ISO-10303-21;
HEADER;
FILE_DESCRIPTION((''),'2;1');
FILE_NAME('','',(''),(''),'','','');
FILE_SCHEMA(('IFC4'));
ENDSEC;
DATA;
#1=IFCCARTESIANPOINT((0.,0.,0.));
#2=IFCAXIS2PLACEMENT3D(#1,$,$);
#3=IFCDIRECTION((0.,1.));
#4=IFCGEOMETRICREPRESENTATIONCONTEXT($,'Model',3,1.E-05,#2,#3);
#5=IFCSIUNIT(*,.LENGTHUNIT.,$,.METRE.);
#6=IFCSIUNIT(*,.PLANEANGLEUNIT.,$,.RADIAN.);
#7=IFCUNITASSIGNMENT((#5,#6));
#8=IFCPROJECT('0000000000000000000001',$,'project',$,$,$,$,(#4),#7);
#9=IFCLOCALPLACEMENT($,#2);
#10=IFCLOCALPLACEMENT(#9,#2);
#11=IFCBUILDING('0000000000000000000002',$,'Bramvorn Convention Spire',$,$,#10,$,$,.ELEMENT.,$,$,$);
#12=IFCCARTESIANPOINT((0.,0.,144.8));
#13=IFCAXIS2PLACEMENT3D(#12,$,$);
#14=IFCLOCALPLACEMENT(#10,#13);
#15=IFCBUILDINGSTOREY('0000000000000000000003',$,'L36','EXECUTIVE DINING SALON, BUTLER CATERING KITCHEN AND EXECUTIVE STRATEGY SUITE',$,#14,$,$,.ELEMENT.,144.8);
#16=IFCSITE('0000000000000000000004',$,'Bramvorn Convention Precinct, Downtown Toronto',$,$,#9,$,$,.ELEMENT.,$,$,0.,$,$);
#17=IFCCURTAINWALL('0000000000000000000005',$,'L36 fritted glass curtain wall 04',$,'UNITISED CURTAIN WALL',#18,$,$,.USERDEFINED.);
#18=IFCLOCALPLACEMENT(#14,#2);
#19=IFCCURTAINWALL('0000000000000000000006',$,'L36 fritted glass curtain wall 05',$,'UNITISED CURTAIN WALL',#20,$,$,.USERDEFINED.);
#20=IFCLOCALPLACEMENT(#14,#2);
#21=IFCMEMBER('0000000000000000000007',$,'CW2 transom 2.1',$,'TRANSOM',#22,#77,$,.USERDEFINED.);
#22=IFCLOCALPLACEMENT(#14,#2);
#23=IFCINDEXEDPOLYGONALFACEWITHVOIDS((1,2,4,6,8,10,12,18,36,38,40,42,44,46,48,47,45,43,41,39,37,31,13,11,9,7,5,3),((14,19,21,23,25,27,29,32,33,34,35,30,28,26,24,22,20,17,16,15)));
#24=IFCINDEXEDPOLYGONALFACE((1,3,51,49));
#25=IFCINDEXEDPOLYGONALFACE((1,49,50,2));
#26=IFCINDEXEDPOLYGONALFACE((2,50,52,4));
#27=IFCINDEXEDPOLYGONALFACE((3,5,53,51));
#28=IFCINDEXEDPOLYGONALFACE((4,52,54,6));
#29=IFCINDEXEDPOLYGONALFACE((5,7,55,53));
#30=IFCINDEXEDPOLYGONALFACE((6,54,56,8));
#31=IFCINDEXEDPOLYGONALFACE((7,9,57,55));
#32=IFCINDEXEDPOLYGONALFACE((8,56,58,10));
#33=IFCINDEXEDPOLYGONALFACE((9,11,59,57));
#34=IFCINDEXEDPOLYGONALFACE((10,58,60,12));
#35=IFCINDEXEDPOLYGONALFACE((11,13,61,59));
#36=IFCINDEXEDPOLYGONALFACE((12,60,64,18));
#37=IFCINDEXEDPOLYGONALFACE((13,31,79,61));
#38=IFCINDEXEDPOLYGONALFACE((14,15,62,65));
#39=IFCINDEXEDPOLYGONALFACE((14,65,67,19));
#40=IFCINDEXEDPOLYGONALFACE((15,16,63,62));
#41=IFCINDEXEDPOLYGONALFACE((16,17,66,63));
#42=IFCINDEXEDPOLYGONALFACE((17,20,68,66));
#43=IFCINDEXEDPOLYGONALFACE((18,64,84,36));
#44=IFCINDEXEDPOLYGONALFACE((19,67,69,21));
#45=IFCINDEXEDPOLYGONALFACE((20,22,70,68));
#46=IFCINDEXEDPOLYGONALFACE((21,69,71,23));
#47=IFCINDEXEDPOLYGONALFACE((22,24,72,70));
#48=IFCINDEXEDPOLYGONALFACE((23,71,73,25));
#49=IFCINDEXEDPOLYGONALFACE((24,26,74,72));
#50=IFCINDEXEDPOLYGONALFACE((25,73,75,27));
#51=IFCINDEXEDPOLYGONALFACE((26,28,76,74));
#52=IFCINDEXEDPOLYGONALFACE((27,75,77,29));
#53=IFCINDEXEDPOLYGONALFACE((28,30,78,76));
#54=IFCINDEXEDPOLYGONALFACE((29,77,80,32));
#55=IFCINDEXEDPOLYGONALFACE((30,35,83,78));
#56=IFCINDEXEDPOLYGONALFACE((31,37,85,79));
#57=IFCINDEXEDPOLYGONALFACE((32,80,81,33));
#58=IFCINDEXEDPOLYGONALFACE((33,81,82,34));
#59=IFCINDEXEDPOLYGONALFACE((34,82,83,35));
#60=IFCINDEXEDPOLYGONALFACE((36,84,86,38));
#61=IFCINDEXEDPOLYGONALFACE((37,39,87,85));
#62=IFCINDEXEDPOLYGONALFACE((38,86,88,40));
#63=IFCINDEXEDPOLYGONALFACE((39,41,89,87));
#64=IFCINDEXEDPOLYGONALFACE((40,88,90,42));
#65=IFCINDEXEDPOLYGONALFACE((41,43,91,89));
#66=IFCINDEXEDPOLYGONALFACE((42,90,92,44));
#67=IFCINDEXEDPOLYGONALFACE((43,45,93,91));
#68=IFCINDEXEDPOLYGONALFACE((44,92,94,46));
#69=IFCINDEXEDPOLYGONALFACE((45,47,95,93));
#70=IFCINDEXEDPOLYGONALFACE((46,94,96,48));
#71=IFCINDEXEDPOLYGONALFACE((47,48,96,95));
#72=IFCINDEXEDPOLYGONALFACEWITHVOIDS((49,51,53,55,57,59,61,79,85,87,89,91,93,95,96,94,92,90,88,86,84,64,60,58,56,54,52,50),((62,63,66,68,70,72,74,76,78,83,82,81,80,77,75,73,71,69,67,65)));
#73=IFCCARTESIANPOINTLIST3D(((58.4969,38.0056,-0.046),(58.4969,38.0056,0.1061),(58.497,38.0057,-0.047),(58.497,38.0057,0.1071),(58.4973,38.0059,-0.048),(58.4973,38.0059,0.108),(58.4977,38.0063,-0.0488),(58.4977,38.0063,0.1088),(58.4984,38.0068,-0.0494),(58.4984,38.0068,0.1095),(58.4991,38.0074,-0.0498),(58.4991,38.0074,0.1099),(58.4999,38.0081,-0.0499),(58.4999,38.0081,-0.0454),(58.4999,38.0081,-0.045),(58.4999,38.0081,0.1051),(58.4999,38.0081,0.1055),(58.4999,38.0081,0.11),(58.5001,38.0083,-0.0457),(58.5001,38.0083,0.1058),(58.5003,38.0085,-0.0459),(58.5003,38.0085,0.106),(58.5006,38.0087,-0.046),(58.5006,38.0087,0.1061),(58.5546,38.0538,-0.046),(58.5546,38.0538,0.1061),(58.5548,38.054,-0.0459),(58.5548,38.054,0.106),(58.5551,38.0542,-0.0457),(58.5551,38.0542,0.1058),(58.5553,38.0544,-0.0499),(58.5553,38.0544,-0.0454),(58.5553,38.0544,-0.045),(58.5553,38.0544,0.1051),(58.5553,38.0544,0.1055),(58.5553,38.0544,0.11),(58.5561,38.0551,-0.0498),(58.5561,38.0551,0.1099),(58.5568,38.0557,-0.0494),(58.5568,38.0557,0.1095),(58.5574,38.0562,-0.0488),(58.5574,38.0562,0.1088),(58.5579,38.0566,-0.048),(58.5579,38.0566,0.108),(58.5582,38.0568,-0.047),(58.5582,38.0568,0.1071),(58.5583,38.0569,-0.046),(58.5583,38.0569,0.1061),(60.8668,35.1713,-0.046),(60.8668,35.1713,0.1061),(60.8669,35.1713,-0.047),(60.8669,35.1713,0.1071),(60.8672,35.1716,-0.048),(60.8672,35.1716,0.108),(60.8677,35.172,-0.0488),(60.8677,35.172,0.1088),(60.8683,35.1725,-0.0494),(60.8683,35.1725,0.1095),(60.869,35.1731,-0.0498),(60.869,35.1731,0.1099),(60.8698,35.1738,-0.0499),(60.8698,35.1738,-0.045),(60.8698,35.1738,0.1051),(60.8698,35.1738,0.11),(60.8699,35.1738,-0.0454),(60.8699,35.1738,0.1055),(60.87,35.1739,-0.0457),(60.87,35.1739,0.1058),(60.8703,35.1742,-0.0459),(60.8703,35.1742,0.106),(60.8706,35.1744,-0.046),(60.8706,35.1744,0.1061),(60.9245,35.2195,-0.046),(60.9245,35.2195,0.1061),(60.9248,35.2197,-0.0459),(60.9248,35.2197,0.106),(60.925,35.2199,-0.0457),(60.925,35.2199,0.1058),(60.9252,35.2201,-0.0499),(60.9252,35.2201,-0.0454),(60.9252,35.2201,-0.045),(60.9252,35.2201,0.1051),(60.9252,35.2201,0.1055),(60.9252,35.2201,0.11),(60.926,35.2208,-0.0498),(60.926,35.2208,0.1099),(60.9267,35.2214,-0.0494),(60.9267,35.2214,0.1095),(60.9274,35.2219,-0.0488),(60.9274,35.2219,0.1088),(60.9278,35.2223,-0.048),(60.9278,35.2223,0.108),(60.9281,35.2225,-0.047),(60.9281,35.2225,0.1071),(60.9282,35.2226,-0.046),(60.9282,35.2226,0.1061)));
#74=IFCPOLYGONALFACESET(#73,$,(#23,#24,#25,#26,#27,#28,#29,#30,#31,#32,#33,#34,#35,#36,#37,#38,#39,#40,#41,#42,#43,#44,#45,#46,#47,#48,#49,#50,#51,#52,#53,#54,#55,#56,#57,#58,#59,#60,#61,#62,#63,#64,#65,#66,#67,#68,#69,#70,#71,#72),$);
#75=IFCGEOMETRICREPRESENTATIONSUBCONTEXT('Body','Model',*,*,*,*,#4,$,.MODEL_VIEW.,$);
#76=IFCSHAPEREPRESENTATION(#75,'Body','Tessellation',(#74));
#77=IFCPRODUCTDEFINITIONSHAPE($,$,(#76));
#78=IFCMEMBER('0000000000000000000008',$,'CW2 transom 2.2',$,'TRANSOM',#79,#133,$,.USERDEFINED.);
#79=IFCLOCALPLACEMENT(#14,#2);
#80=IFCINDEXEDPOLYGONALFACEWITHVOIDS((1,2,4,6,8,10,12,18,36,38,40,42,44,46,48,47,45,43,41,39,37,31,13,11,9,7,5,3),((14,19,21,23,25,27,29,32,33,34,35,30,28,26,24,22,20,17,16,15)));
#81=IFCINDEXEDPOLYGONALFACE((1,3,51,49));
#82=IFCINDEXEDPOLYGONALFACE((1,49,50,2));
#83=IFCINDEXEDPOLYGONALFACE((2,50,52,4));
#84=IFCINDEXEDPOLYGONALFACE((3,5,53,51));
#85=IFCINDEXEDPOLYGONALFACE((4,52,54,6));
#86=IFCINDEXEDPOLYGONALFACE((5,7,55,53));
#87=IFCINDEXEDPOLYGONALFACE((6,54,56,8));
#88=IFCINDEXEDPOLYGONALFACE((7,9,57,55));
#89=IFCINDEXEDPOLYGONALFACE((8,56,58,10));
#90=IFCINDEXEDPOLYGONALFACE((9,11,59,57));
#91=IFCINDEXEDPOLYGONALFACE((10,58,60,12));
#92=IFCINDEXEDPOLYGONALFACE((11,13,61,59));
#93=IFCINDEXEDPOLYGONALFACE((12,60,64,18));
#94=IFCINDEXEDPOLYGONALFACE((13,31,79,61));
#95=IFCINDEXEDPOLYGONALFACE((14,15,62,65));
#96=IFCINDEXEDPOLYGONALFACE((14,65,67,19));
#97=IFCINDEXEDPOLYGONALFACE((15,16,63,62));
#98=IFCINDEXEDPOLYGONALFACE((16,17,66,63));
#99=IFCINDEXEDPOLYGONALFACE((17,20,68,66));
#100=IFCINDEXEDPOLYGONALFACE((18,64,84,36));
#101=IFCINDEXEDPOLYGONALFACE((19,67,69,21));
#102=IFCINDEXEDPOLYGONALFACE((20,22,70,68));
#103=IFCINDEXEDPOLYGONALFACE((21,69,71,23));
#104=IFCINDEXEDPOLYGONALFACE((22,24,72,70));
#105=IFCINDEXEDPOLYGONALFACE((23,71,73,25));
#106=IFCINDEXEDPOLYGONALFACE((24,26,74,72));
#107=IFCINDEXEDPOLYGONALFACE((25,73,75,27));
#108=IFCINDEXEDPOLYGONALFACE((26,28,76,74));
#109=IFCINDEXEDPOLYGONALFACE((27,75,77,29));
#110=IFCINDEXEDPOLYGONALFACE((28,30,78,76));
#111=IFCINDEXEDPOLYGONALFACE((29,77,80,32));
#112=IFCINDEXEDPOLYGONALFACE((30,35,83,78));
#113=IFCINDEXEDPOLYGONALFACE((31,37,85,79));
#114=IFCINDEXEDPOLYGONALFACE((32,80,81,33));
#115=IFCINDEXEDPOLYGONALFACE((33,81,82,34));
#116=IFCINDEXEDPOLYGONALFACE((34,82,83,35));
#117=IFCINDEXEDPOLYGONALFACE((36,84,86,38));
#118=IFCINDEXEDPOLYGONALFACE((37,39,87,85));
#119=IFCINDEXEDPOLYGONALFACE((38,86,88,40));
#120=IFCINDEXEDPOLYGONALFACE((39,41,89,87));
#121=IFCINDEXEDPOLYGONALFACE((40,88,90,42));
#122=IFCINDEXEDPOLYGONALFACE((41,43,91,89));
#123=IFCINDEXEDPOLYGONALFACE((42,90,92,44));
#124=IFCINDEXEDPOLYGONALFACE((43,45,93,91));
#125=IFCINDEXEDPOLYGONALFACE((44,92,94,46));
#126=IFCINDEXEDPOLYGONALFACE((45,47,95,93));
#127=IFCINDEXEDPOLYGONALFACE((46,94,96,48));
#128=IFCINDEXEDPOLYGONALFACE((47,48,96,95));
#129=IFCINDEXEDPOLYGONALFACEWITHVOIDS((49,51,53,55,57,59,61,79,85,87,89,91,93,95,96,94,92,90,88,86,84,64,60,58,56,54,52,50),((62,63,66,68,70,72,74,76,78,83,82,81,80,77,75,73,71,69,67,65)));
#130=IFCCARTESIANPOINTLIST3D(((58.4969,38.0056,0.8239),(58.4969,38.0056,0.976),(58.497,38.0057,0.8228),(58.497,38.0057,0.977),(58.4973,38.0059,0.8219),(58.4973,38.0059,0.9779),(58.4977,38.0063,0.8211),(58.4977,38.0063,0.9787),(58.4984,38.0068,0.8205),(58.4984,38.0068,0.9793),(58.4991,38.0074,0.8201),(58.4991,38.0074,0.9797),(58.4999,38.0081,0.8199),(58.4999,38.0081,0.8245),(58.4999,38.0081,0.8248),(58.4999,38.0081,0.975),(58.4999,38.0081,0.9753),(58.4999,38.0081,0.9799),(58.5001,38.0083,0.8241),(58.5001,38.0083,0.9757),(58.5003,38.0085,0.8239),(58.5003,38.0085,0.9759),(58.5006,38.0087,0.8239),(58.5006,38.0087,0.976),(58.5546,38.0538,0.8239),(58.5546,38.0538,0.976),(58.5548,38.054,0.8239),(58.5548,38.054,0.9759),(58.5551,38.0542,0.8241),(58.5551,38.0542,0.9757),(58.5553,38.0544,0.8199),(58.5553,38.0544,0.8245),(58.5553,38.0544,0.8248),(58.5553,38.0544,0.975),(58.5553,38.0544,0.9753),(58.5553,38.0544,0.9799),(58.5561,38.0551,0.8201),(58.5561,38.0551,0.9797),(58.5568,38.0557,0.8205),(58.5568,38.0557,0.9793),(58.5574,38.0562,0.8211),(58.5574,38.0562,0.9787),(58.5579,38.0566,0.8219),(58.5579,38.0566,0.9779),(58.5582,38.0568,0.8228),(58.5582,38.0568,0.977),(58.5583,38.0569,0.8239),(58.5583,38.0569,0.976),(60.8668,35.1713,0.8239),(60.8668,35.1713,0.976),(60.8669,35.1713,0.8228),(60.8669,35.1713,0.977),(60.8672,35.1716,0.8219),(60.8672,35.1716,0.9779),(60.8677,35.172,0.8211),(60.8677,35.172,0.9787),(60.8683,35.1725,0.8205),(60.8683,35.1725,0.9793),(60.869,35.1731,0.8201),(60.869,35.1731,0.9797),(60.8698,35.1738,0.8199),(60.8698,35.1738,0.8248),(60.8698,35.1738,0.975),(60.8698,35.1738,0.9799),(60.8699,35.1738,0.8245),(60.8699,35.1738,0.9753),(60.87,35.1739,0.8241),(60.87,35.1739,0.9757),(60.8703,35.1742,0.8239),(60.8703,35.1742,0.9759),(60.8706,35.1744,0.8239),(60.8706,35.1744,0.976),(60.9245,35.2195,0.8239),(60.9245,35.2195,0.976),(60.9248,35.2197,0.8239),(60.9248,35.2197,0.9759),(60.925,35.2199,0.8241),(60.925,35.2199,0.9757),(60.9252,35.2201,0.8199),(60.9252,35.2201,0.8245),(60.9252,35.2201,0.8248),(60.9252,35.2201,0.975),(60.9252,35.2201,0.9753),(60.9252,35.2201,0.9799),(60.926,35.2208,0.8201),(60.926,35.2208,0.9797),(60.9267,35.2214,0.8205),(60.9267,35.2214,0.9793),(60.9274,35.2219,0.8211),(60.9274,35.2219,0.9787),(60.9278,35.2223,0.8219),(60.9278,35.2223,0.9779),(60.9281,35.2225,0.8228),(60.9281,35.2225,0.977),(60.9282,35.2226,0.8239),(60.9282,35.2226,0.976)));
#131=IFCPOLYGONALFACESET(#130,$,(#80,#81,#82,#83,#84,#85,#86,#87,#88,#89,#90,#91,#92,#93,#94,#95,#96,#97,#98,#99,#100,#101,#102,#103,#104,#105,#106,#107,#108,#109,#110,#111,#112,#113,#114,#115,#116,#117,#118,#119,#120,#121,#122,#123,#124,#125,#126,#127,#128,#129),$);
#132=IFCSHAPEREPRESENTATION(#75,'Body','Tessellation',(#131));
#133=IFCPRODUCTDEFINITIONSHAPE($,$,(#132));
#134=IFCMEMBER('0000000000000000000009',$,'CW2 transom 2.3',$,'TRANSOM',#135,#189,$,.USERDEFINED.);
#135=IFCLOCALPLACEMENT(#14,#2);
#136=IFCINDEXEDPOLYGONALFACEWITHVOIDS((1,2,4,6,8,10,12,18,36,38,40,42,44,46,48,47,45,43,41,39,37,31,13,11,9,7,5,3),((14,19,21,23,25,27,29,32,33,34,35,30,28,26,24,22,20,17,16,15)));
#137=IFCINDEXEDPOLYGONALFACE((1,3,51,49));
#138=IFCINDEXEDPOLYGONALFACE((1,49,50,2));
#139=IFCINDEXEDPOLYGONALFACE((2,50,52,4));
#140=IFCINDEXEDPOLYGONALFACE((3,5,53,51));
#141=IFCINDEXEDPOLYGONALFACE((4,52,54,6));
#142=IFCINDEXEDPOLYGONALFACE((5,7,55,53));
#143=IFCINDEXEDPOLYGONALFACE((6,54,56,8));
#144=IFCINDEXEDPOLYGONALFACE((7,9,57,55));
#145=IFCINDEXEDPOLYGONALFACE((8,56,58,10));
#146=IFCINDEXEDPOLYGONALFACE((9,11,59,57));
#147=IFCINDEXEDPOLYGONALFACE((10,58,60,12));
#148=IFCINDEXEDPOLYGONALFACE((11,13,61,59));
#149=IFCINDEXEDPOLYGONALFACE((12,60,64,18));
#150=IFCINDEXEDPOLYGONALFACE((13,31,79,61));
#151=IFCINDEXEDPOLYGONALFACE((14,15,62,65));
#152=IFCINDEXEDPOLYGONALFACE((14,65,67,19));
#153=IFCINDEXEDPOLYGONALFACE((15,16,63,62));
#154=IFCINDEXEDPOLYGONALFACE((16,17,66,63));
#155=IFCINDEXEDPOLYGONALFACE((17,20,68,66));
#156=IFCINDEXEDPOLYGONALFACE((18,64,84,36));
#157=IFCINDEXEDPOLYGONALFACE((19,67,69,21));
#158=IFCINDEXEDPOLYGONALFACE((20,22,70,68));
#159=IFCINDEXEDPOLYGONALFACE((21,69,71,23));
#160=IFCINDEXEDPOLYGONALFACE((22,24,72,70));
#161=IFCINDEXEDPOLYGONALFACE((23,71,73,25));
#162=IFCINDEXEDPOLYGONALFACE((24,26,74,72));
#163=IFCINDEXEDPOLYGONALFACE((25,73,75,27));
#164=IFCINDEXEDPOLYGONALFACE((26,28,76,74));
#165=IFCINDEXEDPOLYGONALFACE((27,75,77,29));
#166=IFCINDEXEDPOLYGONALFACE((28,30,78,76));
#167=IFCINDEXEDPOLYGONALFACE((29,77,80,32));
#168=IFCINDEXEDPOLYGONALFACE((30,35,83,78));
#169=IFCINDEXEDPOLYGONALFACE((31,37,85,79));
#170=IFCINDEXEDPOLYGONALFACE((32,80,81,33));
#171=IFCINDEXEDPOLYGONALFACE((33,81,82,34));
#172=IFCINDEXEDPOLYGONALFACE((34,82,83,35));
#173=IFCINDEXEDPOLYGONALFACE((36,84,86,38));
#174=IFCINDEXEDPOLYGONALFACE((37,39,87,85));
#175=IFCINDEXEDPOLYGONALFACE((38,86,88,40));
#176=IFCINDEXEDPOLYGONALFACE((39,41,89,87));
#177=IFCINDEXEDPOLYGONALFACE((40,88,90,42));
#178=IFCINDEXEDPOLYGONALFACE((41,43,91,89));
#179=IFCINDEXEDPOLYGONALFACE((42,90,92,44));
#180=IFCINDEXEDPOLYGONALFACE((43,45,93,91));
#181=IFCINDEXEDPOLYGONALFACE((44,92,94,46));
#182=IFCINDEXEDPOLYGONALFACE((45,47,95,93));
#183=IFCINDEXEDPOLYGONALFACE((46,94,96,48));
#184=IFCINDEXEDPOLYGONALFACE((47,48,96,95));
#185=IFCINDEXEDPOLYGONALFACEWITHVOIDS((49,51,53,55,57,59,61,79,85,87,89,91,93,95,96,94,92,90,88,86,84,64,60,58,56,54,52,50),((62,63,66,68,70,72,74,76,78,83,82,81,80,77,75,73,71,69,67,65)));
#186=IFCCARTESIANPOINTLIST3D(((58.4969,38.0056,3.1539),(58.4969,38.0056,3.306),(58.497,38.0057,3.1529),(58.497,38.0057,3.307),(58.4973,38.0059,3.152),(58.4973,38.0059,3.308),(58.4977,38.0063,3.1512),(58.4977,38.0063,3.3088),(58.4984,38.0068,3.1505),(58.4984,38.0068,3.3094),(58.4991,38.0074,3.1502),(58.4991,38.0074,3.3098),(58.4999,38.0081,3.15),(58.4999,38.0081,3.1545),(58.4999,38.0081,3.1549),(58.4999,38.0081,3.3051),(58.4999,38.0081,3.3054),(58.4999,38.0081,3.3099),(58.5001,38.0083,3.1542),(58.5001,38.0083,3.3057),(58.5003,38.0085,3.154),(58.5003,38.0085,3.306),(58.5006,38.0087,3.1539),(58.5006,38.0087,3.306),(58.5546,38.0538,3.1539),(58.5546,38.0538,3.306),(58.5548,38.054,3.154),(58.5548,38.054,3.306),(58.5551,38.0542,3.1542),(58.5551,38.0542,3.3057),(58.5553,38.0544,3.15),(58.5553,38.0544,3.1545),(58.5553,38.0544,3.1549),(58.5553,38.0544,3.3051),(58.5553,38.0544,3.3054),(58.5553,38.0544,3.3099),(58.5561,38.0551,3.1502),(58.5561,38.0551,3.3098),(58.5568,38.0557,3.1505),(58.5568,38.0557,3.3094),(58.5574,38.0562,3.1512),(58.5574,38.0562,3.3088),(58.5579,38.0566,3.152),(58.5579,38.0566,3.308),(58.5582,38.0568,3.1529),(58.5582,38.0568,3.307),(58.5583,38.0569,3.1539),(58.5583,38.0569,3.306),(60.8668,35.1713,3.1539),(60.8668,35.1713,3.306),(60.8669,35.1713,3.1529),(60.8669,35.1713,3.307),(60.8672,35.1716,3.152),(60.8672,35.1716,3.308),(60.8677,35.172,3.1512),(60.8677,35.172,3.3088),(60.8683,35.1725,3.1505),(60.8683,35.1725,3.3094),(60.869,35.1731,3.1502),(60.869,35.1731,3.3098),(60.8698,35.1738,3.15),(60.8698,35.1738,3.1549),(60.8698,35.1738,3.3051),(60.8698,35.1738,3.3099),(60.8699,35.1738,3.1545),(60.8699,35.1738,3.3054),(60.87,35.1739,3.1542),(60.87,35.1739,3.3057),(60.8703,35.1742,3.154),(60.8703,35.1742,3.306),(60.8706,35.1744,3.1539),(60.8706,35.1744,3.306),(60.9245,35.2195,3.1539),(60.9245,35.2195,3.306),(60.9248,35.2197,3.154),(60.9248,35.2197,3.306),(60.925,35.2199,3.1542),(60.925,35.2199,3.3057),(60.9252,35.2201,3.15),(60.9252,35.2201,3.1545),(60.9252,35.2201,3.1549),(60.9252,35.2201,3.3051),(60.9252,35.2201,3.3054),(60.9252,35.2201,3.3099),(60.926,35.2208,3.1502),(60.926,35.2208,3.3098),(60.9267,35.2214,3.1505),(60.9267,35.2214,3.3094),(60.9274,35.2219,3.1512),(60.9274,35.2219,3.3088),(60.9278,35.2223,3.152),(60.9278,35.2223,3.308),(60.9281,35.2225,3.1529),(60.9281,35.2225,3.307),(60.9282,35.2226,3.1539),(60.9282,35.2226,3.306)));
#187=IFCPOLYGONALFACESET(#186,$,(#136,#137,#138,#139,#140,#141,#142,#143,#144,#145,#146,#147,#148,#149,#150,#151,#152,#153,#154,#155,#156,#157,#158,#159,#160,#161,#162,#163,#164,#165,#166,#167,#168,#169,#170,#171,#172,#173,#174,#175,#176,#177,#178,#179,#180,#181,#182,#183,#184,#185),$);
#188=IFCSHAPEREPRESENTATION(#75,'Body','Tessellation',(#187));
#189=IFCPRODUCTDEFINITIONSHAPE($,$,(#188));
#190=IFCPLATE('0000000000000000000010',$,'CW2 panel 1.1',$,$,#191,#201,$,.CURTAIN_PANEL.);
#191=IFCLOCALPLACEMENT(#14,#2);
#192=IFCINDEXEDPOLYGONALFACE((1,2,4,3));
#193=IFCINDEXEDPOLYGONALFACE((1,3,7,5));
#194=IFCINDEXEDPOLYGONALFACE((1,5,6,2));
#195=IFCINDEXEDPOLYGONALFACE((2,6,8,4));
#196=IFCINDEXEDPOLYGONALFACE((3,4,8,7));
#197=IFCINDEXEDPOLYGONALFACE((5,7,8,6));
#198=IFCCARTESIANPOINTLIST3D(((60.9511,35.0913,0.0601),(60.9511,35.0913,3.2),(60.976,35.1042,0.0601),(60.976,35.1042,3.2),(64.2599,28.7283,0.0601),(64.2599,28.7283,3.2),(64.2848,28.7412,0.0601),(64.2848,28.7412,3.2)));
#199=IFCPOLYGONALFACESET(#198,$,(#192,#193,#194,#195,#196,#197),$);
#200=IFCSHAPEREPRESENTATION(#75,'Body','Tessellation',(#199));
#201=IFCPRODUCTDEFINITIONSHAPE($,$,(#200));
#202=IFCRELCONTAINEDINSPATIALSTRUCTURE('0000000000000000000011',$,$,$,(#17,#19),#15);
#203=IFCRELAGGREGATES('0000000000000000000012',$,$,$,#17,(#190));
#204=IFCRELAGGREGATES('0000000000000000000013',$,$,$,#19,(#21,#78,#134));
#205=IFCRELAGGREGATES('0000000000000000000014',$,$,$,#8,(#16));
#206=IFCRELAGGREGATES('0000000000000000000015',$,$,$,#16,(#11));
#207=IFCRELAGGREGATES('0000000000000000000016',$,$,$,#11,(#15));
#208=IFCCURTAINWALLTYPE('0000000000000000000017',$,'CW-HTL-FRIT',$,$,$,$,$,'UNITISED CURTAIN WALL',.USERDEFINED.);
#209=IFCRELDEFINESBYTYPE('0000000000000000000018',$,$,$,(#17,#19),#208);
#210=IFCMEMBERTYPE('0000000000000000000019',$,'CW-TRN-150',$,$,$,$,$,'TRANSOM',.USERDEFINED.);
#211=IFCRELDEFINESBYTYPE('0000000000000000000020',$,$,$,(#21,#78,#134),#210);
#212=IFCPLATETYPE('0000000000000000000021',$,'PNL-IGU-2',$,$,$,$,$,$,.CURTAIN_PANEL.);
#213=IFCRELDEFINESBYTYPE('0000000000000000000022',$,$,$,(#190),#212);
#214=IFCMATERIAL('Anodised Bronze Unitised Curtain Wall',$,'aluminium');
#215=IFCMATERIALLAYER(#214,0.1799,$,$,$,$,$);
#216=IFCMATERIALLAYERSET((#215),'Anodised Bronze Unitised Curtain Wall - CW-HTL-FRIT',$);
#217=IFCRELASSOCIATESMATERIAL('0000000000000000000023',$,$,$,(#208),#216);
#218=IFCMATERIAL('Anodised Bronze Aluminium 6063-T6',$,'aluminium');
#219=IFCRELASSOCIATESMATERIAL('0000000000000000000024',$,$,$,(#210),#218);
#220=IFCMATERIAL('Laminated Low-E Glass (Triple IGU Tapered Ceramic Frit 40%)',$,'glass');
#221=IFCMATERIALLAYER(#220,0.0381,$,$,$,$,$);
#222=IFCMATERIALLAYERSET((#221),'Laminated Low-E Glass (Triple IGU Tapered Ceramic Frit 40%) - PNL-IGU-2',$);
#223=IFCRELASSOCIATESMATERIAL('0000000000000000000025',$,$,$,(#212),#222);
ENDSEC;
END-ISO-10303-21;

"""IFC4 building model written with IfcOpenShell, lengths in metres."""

from ifc_helpers import new_model, si_unit, direction, frame, origin, origin_2d, place, context, subcontext, project, spatial, rectangle, hollow_rectangle, extrude, material, layer, layer_set, material_profile, profile_set, type_object, element, aggregate, save


model = new_model("IFC4")

# Units and contexts
model_context = context("Model", 3, precision=1e-05, world=origin(), true_north=direction((0.0, 1.0)))
body_context = subcontext(model_context, "Body", "Model", "MODEL_VIEW")
ifc_project = project(units=[si_unit("LENGTHUNIT", "METRE"), si_unit("PLANEANGLEUNIT", "RADIAN")], contexts=[model_context])

# Site, building, storey
site_placement = place(None, origin())
site = spatial("IfcSite", under=ifc_project, at=site_placement, Name="Bramvorn Convention Precinct, Downtown Toronto", CompositionType="ELEMENT", RefElevation=0.0)
building_placement = place(site_placement, origin())
building = spatial("IfcBuilding", under=site, at=building_placement, Name="Bramvorn Convention Spire", CompositionType="ELEMENT")
storey_placement = place(building_placement, frame((0.0, 0.0, 144.8)))
storey = spatial("IfcBuildingStorey", under=building, at=storey_placement, Name="L36", Description="EXECUTIVE DINING SALON, BUTLER CATERING KITCHEN AND EXECUTIVE STRATEGY SUITE", CompositionType="ELEMENT", Elevation=144.8)

# Curtain walls
ifc_material_1 = material(Name="Anodised Bronze Unitised Curtain Wall", Category="aluminium")
ifc_layer_1 = layer(ifc_material_1, 0.1799)
ifc_layer_set_1 = layer_set([ifc_layer_1], Name="Anodised Bronze Unitised Curtain Wall - CW-HTL-FRIT")
curtain_wall_type = type_object("IfcCurtainWallType", Name="CW-HTL-FRIT", ElementType="UNITISED CURTAIN WALL", PredefinedType="USERDEFINED", material=ifc_layer_set_1)
curtain_wall_1_placement = place(storey_placement, origin())
curtain_wall_1 = element("IfcCurtainWall", 1, at=curtain_wall_1_placement, inside=storey, type_object=curtain_wall_type, Name="L36 fritted glass curtain wall 04", ObjectType="UNITISED CURTAIN WALL", PredefinedType="USERDEFINED")
ifc_material_2 = material(Name="Anodised Bronze Aluminium 6063-T6", Category="aluminium")
curtain_wall_2_placement = place(storey_placement, origin())
curtain_wall_2 = element("IfcCurtainWall", 2, at=curtain_wall_2_placement, inside=storey, type_object=curtain_wall_type, Name="L36 fritted glass curtain wall 05", ObjectType="UNITISED CURTAIN WALL", PredefinedType="USERDEFINED")

# Members
ifc_material_profile_1 = material_profile(ifc_material_2, hollow_rectangle(XDim=0.0801, YDim=0.1599, WallThickness=0.0039, InnerFilletRadius=0.001, OuterFilletRadius=0.0039, at=origin_2d()))
ifc_profile_set_1 = profile_set([ifc_material_profile_1], Name="Anodised Bronze Aluminium 6063-T6 - CWT80X160")
member_type_1 = type_object("IfcMemberType", Name="CW-TRN-150", ElementType="TRANSOM", PredefinedType="USERDEFINED", material=ifc_profile_set_1)
member_1_placement = place(storey_placement, frame((58.5276, 38.0312, 0.03), z_axis=(0.641464, -0.767153, 0.0), x_axis=(0.767153, 0.641464, 0.0)))
member_1 = element("IfcMember", 3, at=member_1_placement, type_object=member_type_1, Name="CW2 transom 2.1", ObjectType="TRANSOM", PredefinedType="USERDEFINED", context=body_context, shape_type="SweptSolid", body=[
    extrude(hollow_rectangle(XDim=0.0801, YDim=0.1599, WallThickness=0.0039, InnerFilletRadius=0.001, OuterFilletRadius=0.0039, at=origin_2d()), origin(), (0.0, 0.0, 1.0), 3.6946),
])
member_2_placement = place(storey_placement, frame((58.5276, 38.0312, 0.8999), z_axis=(0.641464, -0.767153, 0.0), x_axis=(0.767153, 0.641464, 0.0)))
member_2 = element("IfcMember", 4, at=member_2_placement, type_object=member_type_1, Name="CW2 transom 2.2", ObjectType="TRANSOM", PredefinedType="USERDEFINED", context=body_context, shape_type="SweptSolid", body=[
    extrude(hollow_rectangle(XDim=0.0801, YDim=0.1599, WallThickness=0.0039, InnerFilletRadius=0.001, OuterFilletRadius=0.0039, at=origin_2d()), origin(), (0.0, 0.0, 1.0), 3.6946),
])
member_3_placement = place(storey_placement, frame((58.5276, 38.0312, 3.23), z_axis=(0.641464, -0.767153, 0.0), x_axis=(0.767153, 0.641464, 0.0)))
member_3 = element("IfcMember", 5, at=member_3_placement, type_object=member_type_1, Name="CW2 transom 2.3", ObjectType="TRANSOM", PredefinedType="USERDEFINED", context=body_context, shape_type="SweptSolid", body=[
    extrude(hollow_rectangle(XDim=0.0801, YDim=0.1599, WallThickness=0.0039, InnerFilletRadius=0.001, OuterFilletRadius=0.0039, at=origin_2d()), origin(), (0.0, 0.0, 1.0), 3.6946),
])

# Plate
ifc_material_3 = material(Name="Laminated Low-E Glass (Triple IGU Tapered Ceramic Frit 40%)", Category="glass")
ifc_layer_2 = layer(ifc_material_3, 0.0381)
ifc_layer_set_2 = layer_set([ifc_layer_2], Name="Laminated Low-E Glass (Triple IGU Tapered Ceramic Frit 40%) - PNL-IGU-2")
plate_type = type_object("IfcPlateType", Name="PNL-IGU-2", PredefinedType="CURTAIN_PANEL", material=ifc_layer_set_2)
plate_1_placement = place(storey_placement, frame((62.6179, 31.9163, 0.0601), z_axis=(0.0, 0.0, 1.0), x_axis=(0.461354, -0.887216, 0.0)))
plate_1 = element("IfcPlate", 6, at=plate_1_placement, type_object=plate_type, Name="CW2 panel 1.1", PredefinedType="CURTAIN_PANEL", context=body_context, shape_type="SweptSolid", body=[
    extrude(rectangle(XDim=7.1719, YDim=0.0281, at=origin_2d()), origin(), (0.0, 0.0, 1.0), 3.1399),
])
aggregate(curtain_wall_1, [plate_1])
aggregate(curtain_wall_2, [member_1, member_2, member_3])

save(model, "model.ifc")
